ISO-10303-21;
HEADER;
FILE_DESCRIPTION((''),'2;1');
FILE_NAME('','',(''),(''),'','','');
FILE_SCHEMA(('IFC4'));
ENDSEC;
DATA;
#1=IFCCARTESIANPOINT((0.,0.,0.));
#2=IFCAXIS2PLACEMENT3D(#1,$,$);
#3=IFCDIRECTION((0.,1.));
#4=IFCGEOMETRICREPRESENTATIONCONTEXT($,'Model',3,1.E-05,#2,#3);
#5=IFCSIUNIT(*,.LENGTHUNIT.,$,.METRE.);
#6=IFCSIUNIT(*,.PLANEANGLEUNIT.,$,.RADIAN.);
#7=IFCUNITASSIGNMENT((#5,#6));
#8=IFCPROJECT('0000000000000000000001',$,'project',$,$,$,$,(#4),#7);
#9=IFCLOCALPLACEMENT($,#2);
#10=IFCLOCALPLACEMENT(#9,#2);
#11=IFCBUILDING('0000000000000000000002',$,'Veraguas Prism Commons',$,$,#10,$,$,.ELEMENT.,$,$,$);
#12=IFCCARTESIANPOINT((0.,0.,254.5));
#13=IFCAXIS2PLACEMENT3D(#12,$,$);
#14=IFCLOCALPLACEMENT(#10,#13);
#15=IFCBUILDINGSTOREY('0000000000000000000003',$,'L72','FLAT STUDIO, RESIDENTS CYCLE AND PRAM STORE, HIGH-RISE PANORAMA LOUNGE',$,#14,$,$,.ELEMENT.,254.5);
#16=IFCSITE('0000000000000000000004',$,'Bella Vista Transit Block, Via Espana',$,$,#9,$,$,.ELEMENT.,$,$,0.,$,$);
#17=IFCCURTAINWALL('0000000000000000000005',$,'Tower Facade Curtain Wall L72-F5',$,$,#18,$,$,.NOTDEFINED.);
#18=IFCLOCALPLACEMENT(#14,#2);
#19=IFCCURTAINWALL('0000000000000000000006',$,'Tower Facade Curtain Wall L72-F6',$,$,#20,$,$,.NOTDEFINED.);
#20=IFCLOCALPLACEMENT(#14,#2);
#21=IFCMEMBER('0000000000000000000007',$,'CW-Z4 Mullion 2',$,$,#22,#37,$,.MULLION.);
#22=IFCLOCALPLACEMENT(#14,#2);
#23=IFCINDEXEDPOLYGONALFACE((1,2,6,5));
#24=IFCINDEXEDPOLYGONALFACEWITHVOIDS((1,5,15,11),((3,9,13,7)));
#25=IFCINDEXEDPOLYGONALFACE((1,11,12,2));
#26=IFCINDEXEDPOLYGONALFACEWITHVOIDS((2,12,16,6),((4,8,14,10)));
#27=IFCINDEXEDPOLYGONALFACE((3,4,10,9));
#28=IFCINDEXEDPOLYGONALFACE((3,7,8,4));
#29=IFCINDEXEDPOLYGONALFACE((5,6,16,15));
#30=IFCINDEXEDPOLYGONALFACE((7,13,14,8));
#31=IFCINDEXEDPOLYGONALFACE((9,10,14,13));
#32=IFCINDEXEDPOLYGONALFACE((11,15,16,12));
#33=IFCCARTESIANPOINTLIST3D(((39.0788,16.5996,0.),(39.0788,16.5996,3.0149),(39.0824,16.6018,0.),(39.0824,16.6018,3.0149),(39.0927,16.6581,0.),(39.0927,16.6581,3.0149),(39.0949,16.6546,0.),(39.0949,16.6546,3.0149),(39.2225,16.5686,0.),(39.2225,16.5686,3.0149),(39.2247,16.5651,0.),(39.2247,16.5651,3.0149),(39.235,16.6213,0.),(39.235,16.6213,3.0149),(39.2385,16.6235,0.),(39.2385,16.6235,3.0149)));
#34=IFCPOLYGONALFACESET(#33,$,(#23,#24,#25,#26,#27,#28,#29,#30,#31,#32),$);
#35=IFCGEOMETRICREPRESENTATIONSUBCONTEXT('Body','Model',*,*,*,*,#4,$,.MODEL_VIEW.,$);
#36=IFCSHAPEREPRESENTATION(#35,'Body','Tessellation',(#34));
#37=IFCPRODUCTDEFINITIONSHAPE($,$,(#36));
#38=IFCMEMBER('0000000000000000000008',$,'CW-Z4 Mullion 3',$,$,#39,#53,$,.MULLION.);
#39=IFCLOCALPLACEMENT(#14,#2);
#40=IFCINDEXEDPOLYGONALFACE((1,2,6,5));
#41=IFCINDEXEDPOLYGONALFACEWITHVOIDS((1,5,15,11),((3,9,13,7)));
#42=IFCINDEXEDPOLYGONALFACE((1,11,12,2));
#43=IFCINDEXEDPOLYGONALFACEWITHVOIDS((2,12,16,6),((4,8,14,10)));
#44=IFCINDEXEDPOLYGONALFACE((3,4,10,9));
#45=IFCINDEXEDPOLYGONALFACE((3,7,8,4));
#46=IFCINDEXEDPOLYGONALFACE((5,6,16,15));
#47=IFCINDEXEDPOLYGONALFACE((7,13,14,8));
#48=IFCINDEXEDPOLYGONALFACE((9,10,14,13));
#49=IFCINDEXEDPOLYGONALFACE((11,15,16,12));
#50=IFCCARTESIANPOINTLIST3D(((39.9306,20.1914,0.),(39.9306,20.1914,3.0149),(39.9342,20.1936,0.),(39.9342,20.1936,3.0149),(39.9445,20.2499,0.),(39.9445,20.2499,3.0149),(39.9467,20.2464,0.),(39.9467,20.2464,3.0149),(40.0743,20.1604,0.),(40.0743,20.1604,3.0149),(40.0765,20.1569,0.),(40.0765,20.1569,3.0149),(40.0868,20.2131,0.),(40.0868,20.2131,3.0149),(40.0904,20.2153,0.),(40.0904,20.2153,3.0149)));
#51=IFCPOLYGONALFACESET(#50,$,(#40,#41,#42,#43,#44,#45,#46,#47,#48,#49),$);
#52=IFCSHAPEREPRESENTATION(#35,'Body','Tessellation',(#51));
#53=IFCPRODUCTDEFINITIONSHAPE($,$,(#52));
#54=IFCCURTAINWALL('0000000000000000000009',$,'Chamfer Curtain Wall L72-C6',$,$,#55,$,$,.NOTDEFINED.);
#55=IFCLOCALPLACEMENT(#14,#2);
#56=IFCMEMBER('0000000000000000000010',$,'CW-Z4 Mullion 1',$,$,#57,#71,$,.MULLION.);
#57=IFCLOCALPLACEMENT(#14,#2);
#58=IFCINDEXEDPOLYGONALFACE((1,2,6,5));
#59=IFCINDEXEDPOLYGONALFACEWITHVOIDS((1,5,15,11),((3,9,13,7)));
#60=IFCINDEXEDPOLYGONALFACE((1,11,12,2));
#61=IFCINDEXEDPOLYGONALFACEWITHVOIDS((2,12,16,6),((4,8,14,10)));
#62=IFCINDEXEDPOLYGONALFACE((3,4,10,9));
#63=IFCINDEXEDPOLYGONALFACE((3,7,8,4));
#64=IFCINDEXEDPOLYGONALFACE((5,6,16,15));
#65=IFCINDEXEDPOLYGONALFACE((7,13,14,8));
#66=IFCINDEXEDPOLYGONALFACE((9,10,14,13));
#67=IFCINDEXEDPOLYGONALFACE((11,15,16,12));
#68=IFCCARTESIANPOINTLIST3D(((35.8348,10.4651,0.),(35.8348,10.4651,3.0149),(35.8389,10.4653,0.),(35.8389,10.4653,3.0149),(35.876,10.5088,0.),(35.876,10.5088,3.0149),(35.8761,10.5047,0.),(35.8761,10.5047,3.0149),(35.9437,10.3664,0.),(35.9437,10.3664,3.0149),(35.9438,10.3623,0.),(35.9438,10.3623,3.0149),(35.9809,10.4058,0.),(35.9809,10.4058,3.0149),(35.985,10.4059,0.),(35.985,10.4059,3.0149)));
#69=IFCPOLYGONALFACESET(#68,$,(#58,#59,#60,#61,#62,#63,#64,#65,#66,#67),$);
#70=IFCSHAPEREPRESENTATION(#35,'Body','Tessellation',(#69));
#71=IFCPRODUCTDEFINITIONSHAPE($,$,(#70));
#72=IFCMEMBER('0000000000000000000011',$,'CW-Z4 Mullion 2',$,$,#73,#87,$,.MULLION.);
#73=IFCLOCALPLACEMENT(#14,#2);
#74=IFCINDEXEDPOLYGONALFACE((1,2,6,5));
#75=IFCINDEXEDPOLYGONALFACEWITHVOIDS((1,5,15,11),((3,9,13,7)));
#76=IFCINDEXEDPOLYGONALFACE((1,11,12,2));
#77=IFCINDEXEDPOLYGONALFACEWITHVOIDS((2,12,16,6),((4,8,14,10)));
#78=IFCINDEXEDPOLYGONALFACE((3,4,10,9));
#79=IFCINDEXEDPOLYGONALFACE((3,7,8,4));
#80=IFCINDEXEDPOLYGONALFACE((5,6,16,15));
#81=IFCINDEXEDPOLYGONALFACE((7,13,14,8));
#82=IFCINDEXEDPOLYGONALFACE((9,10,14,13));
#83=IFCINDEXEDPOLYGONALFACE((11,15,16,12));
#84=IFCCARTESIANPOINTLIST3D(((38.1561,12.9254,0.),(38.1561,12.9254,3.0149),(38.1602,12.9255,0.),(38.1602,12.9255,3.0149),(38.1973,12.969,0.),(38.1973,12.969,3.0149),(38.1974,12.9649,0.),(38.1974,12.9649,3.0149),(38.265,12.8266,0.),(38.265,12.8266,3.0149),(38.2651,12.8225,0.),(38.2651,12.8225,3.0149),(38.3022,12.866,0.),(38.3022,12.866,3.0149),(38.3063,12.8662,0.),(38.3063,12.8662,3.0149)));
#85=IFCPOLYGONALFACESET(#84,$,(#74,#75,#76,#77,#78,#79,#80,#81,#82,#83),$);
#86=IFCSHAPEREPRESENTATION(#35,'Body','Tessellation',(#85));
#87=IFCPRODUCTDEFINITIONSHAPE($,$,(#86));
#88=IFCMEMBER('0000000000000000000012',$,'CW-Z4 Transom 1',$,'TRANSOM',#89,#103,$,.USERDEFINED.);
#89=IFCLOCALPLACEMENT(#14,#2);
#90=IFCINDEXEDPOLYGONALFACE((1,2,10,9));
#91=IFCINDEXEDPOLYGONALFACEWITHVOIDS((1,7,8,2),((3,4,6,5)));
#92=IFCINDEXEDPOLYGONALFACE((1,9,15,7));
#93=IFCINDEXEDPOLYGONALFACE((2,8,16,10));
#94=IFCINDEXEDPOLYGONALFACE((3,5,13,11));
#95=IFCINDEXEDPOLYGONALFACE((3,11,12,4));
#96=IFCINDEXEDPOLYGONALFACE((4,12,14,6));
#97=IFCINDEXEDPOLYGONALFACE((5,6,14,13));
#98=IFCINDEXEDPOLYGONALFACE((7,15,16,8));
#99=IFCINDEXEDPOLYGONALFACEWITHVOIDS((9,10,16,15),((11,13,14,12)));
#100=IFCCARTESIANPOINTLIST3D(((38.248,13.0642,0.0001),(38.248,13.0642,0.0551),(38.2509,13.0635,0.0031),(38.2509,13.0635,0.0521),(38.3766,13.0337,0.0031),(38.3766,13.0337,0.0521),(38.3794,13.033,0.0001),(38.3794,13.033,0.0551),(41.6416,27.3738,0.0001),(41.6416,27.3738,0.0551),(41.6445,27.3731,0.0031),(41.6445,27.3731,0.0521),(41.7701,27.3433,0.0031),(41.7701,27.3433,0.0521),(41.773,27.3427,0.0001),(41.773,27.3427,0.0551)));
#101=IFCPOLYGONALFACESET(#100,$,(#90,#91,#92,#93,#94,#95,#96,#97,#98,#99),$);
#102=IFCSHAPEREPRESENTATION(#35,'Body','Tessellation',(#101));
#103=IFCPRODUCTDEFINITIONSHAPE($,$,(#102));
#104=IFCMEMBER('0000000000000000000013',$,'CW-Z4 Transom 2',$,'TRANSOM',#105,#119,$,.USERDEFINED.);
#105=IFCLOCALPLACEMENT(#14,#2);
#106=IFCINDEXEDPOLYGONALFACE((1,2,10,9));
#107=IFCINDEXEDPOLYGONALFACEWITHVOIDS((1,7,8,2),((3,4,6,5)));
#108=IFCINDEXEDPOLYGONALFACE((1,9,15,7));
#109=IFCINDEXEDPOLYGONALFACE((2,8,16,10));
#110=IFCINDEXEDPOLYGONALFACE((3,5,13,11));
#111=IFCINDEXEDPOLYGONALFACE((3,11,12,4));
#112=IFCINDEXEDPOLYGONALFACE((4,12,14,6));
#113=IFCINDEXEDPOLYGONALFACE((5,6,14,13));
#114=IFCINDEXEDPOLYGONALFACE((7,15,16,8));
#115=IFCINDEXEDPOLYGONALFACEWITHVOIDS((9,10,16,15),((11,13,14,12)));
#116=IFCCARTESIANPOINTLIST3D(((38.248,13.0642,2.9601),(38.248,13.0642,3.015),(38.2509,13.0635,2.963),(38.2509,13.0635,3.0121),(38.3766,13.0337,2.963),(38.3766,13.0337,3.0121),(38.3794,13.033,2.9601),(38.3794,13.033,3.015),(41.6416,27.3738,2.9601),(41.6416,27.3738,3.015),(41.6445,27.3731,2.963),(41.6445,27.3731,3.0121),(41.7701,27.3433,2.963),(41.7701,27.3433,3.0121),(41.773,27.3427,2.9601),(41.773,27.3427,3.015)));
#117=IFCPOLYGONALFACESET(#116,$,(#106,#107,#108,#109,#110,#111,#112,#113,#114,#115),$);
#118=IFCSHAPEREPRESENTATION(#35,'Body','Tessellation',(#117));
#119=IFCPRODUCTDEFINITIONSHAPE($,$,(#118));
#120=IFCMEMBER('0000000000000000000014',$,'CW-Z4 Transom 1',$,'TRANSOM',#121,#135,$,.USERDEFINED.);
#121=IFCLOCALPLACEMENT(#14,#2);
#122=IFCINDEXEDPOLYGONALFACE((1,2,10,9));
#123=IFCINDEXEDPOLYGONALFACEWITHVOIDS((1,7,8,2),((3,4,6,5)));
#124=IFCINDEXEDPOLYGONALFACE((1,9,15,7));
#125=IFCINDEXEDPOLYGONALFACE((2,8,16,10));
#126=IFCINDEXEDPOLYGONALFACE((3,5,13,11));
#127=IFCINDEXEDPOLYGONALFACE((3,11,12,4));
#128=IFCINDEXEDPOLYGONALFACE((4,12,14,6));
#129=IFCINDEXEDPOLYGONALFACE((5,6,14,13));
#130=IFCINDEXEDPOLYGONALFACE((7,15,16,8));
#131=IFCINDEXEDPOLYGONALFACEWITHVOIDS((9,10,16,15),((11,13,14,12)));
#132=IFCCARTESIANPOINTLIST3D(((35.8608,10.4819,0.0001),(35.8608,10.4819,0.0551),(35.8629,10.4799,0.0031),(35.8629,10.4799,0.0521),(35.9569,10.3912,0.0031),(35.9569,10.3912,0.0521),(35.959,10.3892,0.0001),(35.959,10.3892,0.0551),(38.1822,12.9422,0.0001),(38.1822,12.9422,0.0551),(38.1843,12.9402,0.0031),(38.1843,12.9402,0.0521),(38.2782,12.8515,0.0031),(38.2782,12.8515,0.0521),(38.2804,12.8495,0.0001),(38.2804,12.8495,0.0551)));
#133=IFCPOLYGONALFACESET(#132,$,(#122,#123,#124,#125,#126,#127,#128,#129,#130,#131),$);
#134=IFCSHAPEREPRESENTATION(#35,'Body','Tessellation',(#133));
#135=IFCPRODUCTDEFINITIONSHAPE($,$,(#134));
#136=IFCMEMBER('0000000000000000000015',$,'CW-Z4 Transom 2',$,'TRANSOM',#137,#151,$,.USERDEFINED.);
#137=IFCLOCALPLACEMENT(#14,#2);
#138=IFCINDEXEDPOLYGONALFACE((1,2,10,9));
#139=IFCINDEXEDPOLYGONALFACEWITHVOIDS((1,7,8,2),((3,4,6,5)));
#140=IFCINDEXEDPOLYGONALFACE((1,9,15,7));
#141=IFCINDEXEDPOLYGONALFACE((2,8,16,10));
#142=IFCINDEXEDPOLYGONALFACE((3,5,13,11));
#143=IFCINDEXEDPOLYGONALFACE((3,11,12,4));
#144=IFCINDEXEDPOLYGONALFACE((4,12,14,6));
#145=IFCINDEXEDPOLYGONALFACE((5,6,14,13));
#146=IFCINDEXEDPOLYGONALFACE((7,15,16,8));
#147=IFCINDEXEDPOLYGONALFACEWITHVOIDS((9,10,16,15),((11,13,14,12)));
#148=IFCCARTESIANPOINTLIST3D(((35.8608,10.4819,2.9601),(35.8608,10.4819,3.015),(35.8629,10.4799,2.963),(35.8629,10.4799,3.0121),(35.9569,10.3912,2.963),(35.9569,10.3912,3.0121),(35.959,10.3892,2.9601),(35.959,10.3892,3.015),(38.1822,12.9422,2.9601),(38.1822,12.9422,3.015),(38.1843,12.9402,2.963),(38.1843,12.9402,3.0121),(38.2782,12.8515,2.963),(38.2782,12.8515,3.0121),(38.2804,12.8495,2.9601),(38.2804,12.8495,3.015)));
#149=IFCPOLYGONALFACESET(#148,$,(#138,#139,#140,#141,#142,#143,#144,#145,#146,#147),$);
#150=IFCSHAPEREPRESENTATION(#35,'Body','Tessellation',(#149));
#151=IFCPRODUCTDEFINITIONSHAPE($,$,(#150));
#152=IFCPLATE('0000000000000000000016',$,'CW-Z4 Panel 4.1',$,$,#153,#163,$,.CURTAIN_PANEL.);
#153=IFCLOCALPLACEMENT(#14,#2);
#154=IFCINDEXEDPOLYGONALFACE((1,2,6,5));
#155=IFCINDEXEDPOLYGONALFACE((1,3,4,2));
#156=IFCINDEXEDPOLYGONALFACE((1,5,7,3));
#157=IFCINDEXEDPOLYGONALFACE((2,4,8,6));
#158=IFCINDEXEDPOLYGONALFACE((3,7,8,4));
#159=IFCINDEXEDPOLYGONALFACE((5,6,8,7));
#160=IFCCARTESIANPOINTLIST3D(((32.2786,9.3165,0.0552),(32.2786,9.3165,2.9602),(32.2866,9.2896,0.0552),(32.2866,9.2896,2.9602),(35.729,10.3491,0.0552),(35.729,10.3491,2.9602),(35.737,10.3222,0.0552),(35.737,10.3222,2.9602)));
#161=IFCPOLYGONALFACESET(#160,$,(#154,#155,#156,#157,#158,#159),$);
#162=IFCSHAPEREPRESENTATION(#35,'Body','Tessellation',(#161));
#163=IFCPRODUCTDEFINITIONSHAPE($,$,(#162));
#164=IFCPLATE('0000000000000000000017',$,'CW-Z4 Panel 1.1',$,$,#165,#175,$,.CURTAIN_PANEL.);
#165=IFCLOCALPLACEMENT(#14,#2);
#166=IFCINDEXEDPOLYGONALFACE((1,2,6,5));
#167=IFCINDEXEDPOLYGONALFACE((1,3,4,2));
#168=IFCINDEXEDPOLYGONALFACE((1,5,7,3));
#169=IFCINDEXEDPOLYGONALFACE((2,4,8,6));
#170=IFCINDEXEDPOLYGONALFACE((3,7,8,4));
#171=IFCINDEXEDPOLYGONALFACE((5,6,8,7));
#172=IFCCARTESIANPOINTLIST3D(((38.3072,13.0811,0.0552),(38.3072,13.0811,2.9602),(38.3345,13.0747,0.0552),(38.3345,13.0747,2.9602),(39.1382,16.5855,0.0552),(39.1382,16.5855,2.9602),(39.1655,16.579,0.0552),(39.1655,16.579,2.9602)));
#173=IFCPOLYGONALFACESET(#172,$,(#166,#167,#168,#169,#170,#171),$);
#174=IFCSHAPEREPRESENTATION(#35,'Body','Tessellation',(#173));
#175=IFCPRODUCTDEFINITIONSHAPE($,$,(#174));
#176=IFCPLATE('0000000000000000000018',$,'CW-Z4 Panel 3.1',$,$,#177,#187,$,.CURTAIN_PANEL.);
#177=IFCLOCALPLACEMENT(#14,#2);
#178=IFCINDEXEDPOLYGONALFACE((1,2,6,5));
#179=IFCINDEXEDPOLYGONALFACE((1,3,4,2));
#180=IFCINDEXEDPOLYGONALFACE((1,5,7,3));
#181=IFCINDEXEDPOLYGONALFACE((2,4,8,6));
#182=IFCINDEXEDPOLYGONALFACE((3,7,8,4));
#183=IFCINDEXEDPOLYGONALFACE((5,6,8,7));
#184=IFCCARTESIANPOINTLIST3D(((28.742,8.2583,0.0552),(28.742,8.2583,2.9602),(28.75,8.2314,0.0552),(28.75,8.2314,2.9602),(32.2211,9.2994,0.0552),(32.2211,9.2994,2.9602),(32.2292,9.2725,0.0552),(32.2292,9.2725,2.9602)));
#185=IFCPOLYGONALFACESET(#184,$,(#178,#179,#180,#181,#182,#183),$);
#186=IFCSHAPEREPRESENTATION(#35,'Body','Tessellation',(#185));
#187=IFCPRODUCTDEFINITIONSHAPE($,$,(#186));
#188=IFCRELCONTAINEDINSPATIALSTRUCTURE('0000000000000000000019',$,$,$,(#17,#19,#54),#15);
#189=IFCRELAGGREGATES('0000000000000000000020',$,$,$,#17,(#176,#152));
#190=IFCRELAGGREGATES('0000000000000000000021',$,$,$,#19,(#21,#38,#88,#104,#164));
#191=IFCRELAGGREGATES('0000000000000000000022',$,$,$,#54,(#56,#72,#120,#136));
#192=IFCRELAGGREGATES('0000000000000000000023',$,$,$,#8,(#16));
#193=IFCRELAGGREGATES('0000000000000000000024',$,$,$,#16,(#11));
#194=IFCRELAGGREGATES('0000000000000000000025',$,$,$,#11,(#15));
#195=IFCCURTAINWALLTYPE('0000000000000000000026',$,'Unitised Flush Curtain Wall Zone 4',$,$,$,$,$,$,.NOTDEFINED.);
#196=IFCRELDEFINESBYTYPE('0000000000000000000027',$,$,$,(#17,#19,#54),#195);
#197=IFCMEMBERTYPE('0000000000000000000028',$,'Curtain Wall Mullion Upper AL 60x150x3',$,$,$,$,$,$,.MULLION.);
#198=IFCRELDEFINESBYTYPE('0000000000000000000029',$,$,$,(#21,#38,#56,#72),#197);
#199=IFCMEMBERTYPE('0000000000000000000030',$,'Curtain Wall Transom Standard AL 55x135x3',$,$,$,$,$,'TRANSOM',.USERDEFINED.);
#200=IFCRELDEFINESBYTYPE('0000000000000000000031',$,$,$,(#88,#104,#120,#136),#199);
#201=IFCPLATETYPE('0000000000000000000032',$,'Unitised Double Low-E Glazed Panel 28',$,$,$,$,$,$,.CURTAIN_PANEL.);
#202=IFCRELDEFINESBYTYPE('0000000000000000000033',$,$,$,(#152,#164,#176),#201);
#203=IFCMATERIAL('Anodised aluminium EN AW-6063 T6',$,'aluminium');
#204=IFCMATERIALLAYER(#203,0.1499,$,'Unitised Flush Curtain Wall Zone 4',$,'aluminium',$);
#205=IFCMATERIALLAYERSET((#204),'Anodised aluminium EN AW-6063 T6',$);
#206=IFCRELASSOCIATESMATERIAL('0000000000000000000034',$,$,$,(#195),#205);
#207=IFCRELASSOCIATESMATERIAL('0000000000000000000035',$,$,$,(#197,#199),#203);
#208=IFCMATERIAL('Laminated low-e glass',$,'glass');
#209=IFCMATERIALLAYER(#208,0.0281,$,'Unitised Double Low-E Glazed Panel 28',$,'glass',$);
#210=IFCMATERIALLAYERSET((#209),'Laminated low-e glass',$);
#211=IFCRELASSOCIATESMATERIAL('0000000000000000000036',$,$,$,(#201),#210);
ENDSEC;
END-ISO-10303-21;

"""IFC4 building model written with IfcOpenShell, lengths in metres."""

from ifc_helpers import new_model, si_unit, direction, frame, origin, origin_2d, place, context, subcontext, project, spatial, rectangle, hollow_rectangle, extrude, source, transform, mapped, material, layer, layer_set, material_profile, profile_set, type_object, element, aggregate, save


model = new_model("IFC4")

# Units and contexts
model_context = context("Model", 3, precision=1e-05, world=origin(), true_north=direction((0.0, 1.0)))
body_context = subcontext(model_context, "Body", "Model", "MODEL_VIEW")
ifc_project = project(units=[si_unit("LENGTHUNIT", "METRE"), si_unit("PLANEANGLEUNIT", "RADIAN")], contexts=[model_context])

# Site, building, storey
site_placement = place(None, origin())
site = spatial("IfcSite", under=ifc_project, at=site_placement, Name="Bella Vista Transit Block, Via Espana", CompositionType="ELEMENT", RefElevation=0.0)
building_placement = place(site_placement, origin())
building = spatial("IfcBuilding", under=site, at=building_placement, Name="Veraguas Prism Commons", CompositionType="ELEMENT")
storey_placement = place(building_placement, frame((0.0, 0.0, 254.5)))
storey = spatial("IfcBuildingStorey", under=building, at=storey_placement, Name="L72", Description="FLAT STUDIO, RESIDENTS CYCLE AND PRAM STORE, HIGH-RISE PANORAMA LOUNGE", CompositionType="ELEMENT", Elevation=254.5)

# Curtain walls, members
ifc_material_1 = material(Name="Anodised aluminium EN AW-6063 T6", Category="aluminium")
ifc_layer_1 = layer(ifc_material_1, 0.1499, Name="Unitised Flush Curtain Wall Zone 4", Category="aluminium")
ifc_layer_set_1 = layer_set([ifc_layer_1], Name="Anodised aluminium EN AW-6063 T6")
curtain_wall_type = type_object("IfcCurtainWallType", Name="Unitised Flush Curtain Wall Zone 4", PredefinedType="NOTDEFINED", material=ifc_layer_set_1)
curtain_wall_1_placement = place(storey_placement, origin())
curtain_wall_1 = element("IfcCurtainWall", 1, at=curtain_wall_1_placement, inside=storey, type_object=curtain_wall_type, Name="Tower Facade Curtain Wall L72-F5", PredefinedType="NOTDEFINED")
ifc_material_profile_1 = material_profile(ifc_material_1, hollow_rectangle(XDim=0.0601, YDim=0.1499, WallThickness=0.0029, at=origin_2d()), Name="AL60X150X3")
ifc_profile_set_1 = profile_set([ifc_material_profile_1], Name="Anodised aluminium EN AW-6063 T6")
member_type_1 = type_object("IfcMemberType", Name="Curtain Wall Mullion Upper AL 60x150x3", PredefinedType="MULLION", material=ifc_profile_set_1)
shared_shape_1 = source(origin(), body_context, "Body", "SweptSolid", [
    extrude(hollow_rectangle(XDim=0.0601, YDim=0.1499, WallThickness=0.0029, at=origin_2d()), origin(), (0.0, 0.0, 1.0), 3.0149),
])
curtain_wall_2_placement = place(storey_placement, origin())
curtain_wall_2 = element("IfcCurtainWall", 2, at=curtain_wall_2_placement, inside=storey, type_object=curtain_wall_type, Name="Tower Facade Curtain Wall L72-F6", PredefinedType="NOTDEFINED")
member_1_placement = place(storey_placement, frame((39.1587, 16.6116, 0.0), z_axis=(0.0, 0.0, 1.0), x_axis=(0.230741, 0.973015, 0.0)))
member_1 = element("IfcMember", 3, at=member_1_placement, type_object=member_type_1, Name="CW-Z4 Mullion 2", PredefinedType="MULLION", context=body_context, shape_type="MappedRepresentation", body=[
    mapped(shared_shape_1, transform((0.0, 0.0, 0.0), scale=1.0)),
])
member_2_placement = place(storey_placement, frame((40.0105, 20.2034, 0.0), z_axis=(0.0, 0.0, 1.0), x_axis=(0.230741, 0.973015, 0.0)))
member_2 = element("IfcMember", 4, at=member_2_placement, type_object=member_type_1, Name="CW-Z4 Mullion 3", PredefinedType="MULLION", context=body_context, shape_type="MappedRepresentation", body=[
    mapped(shared_shape_1, transform((0.0, 0.0, 0.0), scale=1.0)),
])
curtain_wall_3_placement = place(storey_placement, origin())
curtain_wall_3 = element("IfcCurtainWall", 5, at=curtain_wall_3_placement, inside=storey, type_object=curtain_wall_type, Name="Chamfer Curtain Wall L72-C6", PredefinedType="NOTDEFINED")
member_3_placement = place(storey_placement, frame((35.9099, 10.4355, 0.0), z_axis=(0.0, 0.0, 1.0), x_axis=(0.686301, 0.727318, 0.0)))
member_3 = element("IfcMember", 6, at=member_3_placement, type_object=member_type_1, Name="CW-Z4 Mullion 1", PredefinedType="MULLION", context=body_context, shape_type="MappedRepresentation", body=[
    mapped(shared_shape_1, transform((0.0, 0.0, 0.0), scale=1.0)),
])
member_4_placement = place(storey_placement, frame((38.2312, 12.8958, 0.0), z_axis=(0.0, 0.0, 1.0), x_axis=(0.686301, 0.727318, 0.0)))
member_4 = element("IfcMember", 7, at=member_4_placement, type_object=member_type_1, Name="CW-Z4 Mullion 2", PredefinedType="MULLION", context=body_context, shape_type="MappedRepresentation", body=[
    mapped(shared_shape_1, transform((0.0, 0.0, 0.0), scale=1.0)),
])

# Members
ifc_material_profile_2 = material_profile(ifc_material_1, hollow_rectangle(XDim=0.0549, YDim=0.135, WallThickness=0.0029, at=origin_2d()), Name="AL55X135X3")
ifc_profile_set_2 = profile_set([ifc_material_profile_2], Name="Anodised aluminium EN AW-6063 T6")
member_type_2 = type_object("IfcMemberType", Name="Curtain Wall Transom Standard AL 55x135x3", ElementType="TRANSOM", PredefinedType="USERDEFINED", material=ifc_profile_set_2)
shared_shape_2 = source(origin(), body_context, "Body", "SweptSolid", [
    extrude(hollow_rectangle(XDim=0.0549, YDim=0.135, WallThickness=0.0029, at=origin_2d()), origin(), (0.0, 0.0, 1.0), 14.7065),
])
member_5_placement = place(storey_placement, frame((38.3137, 13.0486, 0.0276), z_axis=(0.230753, 0.973012, 0.0), x_axis=(0.0, 0.0, 1.0)))
member_5 = element("IfcMember", 8, at=member_5_placement, type_object=member_type_2, Name="CW-Z4 Transom 1", ObjectType="TRANSOM", PredefinedType="USERDEFINED", context=body_context, shape_type="MappedRepresentation", body=[
    mapped(shared_shape_2, transform((0.0, 0.0, 0.0), scale=1.0)),
])
member_6_placement = place(storey_placement, frame((38.3137, 13.0486, 2.9875), z_axis=(0.230753, 0.973012, 0.0), x_axis=(0.0, 0.0, 1.0)))
member_6 = element("IfcMember", 9, at=member_6_placement, type_object=member_type_2, Name="CW-Z4 Transom 2", ObjectType="TRANSOM", PredefinedType="USERDEFINED", context=body_context, shape_type="MappedRepresentation", body=[
    mapped(shared_shape_2, transform((0.0, 0.0, 0.0), scale=1.0)),
])
shared_shape_3 = source(origin(), body_context, "Body", "SweptSolid", [
    extrude(hollow_rectangle(XDim=0.0549, YDim=0.135, WallThickness=0.0029, at=origin_2d()), origin(), (0.0, 0.0, 1.0), 3.3826),
])
member_7_placement = place(storey_placement, frame((35.9099, 10.4355, 0.0276), z_axis=(0.686274, 0.727343, 0.0), x_axis=(0.0, 0.0, 1.0)))
member_7 = element("IfcMember", 10, at=member_7_placement, type_object=member_type_2, Name="CW-Z4 Transom 1", ObjectType="TRANSOM", PredefinedType="USERDEFINED", context=body_context, shape_type="MappedRepresentation", body=[
    mapped(shared_shape_3, transform((0.0, 0.0, 0.0), scale=1.0)),
])
member_8_placement = place(storey_placement, frame((35.9099, 10.4355, 2.9875), z_axis=(0.686274, 0.727343, 0.0), x_axis=(0.0, 0.0, 1.0)))
member_8 = element("IfcMember", 11, at=member_8_placement, type_object=member_type_2, Name="CW-Z4 Transom 2", ObjectType="TRANSOM", PredefinedType="USERDEFINED", context=body_context, shape_type="MappedRepresentation", body=[
    mapped(shared_shape_3, transform((0.0, 0.0, 0.0), scale=1.0)),
])

# Plates
ifc_material_2 = material(Name="Laminated low-e glass", Category="glass")
ifc_layer_2 = layer(ifc_material_2, 0.0281, Name="Unitised Double Low-E Glazed Panel 28", Category="glass")
ifc_layer_set_2 = layer_set([ifc_layer_2], Name="Laminated low-e glass")
plate_type = type_object("IfcPlateType", Name="Unitised Double Low-E Glazed Panel 28", PredefinedType="CURTAIN_PANEL", material=ifc_layer_set_2)
shared_shape_4 = source(origin(), body_context, "Body", "SweptSolid", [
    extrude(rectangle(XDim=3.6016, YDim=0.0281, at=origin_2d()), origin(), (0.0, 0.0, 1.0), 2.905),
])
plate_1_placement = place(storey_placement, frame((34.0078, 9.8193, 0.0552), z_axis=(0.0, 0.0, 1.0), x_axis=(0.958023, 0.286692, 0.0)))
plate_1 = element("IfcPlate", 12, at=plate_1_placement, type_object=plate_type, Name="CW-Z4 Panel 4.1", PredefinedType="CURTAIN_PANEL", context=body_context, shape_type="MappedRepresentation", body=[
    mapped(shared_shape_4, transform((0.0, 0.0, 0.0), scale=1.0)),
])
plate_2_placement = place(storey_placement, frame((38.7363, 14.8301, 0.0552), z_axis=(0.0, 0.0, 1.0), x_axis=(0.230741, 0.973015, 0.0)))
plate_2 = element("IfcPlate", 13, at=plate_2_placement, type_object=plate_type, Name="CW-Z4 Panel 1.1", PredefinedType="CURTAIN_PANEL", context=body_context, shape_type="MappedRepresentation", body=[
    mapped(shared_shape_4, transform((0.0, 0.0, 0.0), scale=1.0)),
])
shared_shape_5 = source(origin(), body_context, "Body", "SweptSolid", [
    extrude(rectangle(XDim=3.6316, YDim=0.0281, at=origin_2d()), origin(), (0.0, 0.0, 1.0), 2.905),
])
plate_3_placement = place(storey_placement, frame((30.4856, 8.7654, 0.0552), z_axis=(0.0, 0.0, 1.0), x_axis=(0.958023, 0.286692, 0.0)))
plate_3 = element("IfcPlate", 14, at=plate_3_placement, type_object=plate_type, Name="CW-Z4 Panel 3.1", PredefinedType="CURTAIN_PANEL", context=body_context, shape_type="MappedRepresentation", body=[
    mapped(shared_shape_5, transform((0.0, 0.0, 0.0), scale=1.0)),
])
aggregate(curtain_wall_1, [plate_3, plate_1])
aggregate(curtain_wall_2, [member_1, member_2, member_5, member_6, plate_2])
aggregate(curtain_wall_3, [member_3, member_4, member_7, member_8])

save(model, "model.ifc")
